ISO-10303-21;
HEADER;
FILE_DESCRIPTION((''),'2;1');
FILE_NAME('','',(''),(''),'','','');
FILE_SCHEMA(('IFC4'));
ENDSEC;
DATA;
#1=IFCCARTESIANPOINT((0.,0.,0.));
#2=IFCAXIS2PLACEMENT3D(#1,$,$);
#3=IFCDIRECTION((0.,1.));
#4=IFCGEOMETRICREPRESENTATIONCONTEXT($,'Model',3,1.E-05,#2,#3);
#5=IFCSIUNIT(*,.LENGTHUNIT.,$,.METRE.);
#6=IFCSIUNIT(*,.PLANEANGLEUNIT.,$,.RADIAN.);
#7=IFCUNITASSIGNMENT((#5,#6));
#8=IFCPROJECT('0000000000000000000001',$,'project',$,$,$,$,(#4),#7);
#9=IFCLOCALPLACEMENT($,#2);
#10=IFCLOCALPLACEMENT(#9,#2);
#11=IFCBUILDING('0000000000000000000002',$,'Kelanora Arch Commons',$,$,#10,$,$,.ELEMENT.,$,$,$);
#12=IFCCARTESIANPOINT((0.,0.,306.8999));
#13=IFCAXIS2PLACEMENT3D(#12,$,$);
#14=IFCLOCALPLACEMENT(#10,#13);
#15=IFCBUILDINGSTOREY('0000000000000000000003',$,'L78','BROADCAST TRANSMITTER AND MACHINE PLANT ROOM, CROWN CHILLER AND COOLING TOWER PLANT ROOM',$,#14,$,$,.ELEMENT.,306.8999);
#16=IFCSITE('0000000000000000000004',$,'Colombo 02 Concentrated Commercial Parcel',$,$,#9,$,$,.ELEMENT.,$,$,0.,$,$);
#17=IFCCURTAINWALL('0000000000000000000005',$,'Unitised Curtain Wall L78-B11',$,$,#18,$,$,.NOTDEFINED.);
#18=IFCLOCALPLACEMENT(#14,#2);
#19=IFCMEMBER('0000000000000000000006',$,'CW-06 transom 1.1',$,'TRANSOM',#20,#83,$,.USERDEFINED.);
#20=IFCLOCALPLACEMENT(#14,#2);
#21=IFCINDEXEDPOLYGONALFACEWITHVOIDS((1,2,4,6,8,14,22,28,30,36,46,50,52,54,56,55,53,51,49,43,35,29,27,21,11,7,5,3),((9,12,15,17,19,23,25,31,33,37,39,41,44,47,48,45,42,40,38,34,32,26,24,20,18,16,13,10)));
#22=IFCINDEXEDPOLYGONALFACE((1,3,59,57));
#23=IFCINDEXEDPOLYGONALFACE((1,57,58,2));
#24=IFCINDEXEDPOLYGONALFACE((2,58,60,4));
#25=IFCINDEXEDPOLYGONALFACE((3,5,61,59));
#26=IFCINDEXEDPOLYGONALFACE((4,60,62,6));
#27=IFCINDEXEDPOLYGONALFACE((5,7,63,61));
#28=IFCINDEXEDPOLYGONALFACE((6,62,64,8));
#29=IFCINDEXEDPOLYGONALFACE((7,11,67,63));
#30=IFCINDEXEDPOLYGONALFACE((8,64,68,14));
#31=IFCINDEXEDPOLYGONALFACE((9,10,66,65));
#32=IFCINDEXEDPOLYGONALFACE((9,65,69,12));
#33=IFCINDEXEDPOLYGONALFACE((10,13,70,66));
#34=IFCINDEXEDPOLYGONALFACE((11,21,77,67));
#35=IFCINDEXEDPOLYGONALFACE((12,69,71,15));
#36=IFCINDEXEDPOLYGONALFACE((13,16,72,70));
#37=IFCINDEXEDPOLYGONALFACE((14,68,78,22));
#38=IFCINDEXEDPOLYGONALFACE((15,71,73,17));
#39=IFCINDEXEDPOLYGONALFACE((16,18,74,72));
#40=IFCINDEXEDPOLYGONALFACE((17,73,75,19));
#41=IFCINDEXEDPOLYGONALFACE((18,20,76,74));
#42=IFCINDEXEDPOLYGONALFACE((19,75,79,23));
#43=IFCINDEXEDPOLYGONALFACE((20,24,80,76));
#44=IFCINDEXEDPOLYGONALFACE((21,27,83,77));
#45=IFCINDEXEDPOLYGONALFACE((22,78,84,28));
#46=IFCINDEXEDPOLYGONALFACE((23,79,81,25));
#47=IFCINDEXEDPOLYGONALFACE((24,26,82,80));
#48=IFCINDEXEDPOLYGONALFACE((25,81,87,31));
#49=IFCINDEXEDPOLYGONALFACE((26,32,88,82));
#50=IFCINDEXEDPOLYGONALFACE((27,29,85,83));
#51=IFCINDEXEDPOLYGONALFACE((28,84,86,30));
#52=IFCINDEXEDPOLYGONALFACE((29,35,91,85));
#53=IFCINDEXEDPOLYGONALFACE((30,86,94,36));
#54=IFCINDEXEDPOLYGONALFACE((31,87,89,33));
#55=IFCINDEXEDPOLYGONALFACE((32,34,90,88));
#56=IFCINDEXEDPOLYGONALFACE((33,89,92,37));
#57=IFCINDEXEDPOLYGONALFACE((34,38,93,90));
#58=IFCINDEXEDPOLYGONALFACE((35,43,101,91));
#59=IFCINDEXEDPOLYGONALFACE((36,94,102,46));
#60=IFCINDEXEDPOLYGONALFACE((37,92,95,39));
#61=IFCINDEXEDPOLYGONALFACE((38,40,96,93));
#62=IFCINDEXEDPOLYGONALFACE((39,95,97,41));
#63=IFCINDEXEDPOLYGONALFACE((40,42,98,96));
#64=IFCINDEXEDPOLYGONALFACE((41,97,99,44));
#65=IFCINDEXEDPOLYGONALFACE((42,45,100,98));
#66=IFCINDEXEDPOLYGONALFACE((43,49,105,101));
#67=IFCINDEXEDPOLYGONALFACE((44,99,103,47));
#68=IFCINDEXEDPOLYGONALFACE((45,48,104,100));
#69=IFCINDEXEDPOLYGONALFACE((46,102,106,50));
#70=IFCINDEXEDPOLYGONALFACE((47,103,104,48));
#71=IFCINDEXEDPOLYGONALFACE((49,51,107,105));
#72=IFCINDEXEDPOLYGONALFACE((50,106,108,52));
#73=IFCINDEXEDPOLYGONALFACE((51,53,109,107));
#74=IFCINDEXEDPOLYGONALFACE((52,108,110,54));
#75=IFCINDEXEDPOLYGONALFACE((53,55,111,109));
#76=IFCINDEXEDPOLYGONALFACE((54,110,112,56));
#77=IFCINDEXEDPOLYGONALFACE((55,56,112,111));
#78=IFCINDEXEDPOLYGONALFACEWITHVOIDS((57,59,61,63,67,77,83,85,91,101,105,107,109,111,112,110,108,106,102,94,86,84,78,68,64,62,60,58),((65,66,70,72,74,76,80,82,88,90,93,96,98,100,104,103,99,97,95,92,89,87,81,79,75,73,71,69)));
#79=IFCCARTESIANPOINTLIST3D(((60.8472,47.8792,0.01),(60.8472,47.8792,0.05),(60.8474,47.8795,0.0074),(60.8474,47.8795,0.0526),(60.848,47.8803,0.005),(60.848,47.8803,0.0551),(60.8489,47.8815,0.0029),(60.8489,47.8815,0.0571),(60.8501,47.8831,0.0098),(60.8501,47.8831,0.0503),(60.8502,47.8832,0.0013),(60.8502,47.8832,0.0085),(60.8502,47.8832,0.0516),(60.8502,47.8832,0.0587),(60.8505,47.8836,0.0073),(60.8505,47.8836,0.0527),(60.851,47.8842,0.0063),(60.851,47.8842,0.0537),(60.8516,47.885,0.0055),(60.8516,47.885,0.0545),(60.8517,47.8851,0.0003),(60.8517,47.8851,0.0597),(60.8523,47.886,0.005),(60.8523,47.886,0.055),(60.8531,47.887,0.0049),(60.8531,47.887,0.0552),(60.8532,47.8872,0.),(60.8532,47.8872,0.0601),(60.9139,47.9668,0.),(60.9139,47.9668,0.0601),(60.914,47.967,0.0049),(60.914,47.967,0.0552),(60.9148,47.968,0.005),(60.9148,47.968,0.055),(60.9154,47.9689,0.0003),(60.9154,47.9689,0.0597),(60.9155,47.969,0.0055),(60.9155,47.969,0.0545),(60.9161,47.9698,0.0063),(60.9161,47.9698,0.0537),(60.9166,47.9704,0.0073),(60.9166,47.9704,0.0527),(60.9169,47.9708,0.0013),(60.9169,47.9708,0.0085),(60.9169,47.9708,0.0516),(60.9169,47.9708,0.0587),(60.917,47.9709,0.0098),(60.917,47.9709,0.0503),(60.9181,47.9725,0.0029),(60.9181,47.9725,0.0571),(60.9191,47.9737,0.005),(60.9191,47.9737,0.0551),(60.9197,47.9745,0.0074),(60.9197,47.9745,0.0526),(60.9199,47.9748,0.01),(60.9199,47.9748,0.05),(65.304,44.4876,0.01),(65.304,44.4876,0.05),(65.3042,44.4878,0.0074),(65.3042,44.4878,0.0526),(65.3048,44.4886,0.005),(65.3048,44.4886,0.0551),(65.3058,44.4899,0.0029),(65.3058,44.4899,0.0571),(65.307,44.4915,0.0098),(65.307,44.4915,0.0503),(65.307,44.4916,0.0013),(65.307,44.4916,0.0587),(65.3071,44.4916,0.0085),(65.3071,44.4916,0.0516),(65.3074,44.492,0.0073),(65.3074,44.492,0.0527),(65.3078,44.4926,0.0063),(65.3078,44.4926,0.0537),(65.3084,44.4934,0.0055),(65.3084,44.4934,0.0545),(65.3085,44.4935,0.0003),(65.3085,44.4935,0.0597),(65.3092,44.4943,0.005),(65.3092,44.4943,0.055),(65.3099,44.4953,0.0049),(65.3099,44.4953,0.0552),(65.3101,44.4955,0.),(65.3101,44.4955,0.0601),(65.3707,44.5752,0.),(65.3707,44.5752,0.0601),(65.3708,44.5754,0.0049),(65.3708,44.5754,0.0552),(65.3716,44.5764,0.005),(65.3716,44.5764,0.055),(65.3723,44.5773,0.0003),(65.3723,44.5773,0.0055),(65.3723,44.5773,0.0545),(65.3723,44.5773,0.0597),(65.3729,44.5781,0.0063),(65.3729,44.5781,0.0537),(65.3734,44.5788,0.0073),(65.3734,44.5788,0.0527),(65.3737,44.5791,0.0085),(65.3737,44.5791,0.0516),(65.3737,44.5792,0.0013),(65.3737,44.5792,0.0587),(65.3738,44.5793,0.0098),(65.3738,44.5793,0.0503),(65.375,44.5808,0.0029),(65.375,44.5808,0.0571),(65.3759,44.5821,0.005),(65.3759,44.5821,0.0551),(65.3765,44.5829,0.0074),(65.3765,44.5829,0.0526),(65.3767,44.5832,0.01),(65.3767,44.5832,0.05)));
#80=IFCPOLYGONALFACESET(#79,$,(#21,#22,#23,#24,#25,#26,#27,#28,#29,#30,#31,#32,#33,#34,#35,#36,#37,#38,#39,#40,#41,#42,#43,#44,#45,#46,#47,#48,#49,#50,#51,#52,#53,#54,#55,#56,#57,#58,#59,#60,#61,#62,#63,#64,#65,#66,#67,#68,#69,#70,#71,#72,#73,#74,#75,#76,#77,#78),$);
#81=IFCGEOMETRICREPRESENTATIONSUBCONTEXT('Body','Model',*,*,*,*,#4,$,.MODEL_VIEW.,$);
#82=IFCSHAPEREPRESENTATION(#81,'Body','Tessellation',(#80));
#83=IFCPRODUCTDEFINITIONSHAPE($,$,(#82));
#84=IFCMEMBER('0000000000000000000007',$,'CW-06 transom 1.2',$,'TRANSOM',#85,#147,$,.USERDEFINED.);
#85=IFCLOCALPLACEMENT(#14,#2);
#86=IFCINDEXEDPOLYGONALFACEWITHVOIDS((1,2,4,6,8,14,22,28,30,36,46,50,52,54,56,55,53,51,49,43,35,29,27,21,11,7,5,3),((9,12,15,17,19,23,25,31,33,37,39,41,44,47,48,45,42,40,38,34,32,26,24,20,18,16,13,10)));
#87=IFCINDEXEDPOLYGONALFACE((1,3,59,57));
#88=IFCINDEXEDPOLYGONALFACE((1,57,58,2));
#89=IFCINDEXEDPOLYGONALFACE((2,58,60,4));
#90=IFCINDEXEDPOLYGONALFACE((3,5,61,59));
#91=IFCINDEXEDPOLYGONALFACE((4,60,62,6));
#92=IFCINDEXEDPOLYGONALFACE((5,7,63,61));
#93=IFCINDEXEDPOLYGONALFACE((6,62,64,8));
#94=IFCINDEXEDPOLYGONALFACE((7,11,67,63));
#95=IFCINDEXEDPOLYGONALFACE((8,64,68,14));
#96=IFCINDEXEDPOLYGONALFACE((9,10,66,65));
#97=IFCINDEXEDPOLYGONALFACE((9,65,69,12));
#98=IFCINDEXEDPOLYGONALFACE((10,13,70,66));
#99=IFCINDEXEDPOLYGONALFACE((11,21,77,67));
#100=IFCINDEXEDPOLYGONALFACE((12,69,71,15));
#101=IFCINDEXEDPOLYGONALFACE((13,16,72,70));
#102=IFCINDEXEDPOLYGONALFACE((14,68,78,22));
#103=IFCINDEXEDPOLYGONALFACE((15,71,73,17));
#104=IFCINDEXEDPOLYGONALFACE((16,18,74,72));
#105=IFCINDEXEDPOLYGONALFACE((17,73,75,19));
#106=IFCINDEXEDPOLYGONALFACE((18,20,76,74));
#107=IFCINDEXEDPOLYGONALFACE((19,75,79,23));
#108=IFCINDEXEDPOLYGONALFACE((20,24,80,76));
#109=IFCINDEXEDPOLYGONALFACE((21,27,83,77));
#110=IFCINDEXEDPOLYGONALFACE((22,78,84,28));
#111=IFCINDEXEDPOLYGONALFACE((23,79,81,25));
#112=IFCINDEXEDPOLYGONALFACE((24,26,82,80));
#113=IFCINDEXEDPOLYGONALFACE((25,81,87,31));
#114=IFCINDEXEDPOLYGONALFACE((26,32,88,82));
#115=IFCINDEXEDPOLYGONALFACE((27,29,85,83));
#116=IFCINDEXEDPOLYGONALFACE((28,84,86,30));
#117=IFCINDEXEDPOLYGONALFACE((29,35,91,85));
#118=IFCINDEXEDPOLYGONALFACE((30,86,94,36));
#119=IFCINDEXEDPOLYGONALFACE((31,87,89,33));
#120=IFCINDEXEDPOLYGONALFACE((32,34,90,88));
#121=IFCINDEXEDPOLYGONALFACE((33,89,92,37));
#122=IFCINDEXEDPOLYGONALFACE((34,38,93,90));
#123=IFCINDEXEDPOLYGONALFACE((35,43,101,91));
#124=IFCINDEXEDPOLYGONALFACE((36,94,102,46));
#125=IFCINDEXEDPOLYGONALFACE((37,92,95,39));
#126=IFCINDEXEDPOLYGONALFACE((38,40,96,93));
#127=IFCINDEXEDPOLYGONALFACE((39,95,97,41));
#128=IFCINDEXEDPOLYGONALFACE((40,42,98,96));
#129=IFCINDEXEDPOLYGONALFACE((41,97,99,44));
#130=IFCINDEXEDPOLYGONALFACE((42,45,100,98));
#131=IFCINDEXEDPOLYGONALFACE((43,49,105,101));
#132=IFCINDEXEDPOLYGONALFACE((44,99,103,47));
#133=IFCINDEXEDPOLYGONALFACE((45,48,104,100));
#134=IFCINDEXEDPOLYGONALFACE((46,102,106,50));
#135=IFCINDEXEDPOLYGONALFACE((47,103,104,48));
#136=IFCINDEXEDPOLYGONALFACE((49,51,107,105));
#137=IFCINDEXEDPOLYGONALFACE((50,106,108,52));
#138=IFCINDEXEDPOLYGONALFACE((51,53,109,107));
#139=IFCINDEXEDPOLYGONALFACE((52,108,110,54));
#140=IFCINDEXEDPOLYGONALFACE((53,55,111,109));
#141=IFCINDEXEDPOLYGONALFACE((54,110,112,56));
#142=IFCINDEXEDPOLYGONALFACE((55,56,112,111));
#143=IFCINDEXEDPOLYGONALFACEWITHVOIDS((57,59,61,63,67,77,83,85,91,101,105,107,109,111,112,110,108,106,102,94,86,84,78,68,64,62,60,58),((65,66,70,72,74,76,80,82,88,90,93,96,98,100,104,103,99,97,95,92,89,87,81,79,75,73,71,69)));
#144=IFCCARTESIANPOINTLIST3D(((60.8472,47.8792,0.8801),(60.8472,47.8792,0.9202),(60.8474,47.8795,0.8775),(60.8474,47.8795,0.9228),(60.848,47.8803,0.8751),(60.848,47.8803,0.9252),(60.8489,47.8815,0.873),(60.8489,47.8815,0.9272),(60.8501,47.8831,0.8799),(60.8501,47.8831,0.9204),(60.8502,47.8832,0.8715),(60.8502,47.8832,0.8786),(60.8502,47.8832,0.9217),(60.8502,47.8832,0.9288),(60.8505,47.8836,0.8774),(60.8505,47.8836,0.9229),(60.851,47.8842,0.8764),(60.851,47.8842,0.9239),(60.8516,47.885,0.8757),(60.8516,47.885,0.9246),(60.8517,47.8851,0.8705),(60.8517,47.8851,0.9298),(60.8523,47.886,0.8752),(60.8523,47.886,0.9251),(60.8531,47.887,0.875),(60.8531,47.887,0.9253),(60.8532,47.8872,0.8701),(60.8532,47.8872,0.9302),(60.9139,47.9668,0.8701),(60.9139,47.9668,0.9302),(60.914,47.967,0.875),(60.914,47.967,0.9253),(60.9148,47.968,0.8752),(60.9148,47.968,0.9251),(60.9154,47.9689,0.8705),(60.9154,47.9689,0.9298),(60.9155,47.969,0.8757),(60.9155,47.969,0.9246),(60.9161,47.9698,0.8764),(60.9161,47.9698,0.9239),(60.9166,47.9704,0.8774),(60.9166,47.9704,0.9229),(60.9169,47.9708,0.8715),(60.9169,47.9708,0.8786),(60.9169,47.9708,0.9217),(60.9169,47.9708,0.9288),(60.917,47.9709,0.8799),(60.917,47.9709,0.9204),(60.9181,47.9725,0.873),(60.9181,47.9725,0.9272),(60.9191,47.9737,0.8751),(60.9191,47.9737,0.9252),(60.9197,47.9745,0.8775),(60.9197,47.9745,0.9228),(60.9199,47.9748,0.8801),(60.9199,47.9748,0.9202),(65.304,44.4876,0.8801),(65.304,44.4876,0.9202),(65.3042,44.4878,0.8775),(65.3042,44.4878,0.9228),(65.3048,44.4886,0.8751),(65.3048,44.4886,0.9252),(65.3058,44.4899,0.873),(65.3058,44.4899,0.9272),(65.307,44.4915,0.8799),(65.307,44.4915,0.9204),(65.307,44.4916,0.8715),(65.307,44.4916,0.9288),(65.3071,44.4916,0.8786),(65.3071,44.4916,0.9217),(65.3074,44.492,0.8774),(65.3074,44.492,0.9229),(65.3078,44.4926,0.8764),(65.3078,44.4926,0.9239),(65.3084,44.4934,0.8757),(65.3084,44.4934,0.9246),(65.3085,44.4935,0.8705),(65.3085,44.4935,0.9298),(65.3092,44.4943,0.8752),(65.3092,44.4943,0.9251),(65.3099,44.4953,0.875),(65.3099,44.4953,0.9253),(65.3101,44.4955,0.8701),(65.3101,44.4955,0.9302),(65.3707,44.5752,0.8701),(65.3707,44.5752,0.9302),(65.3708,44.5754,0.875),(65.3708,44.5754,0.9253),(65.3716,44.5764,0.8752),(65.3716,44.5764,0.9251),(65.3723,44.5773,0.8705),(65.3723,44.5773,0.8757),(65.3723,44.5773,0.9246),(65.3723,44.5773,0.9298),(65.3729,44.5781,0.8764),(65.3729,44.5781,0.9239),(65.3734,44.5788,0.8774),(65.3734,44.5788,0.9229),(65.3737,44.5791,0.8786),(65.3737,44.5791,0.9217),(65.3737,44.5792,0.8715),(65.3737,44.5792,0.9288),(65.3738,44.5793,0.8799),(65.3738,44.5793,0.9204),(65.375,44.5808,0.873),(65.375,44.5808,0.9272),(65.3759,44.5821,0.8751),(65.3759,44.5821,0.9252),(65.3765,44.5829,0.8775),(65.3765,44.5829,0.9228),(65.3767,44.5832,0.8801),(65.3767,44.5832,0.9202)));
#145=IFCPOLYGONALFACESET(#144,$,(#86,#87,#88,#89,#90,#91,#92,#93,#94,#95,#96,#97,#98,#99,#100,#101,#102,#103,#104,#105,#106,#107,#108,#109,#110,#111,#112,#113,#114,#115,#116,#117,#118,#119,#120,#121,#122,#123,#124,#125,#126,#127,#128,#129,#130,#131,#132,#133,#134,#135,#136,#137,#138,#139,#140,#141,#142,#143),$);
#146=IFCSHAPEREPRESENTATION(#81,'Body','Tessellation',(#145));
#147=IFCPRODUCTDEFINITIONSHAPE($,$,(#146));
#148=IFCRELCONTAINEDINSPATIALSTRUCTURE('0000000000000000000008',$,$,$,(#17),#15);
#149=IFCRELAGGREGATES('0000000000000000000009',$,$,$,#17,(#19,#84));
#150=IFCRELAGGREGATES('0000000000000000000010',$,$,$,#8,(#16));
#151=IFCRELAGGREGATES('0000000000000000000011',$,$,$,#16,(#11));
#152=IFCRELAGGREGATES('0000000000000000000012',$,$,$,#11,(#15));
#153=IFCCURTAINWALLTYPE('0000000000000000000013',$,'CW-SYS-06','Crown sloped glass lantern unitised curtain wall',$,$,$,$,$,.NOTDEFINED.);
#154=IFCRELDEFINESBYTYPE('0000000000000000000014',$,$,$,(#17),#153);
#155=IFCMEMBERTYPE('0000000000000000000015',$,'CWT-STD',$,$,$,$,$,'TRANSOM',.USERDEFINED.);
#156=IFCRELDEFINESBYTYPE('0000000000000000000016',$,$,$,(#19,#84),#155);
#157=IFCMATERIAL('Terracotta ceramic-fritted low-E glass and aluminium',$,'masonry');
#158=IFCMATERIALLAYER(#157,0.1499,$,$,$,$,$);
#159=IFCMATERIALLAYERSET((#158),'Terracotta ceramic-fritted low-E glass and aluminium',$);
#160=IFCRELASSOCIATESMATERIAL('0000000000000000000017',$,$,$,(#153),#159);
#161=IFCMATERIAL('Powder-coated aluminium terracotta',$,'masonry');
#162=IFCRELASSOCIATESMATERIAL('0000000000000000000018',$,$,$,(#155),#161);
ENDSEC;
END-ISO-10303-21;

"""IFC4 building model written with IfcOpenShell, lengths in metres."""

from ifc_helpers import new_model, si_unit, direction, frame, origin, origin_2d, place, context, subcontext, project, spatial, hollow_rectangle, extrude, material, layer, layer_set, material_profile, profile_set, type_object, element, aggregate, save


model = new_model("IFC4")

# Units and contexts
model_context = context("Model", 3, precision=1e-05, world=origin(), true_north=direction((0.0, 1.0)))
body_context = subcontext(model_context, "Body", "Model", "MODEL_VIEW")
ifc_project = project(units=[si_unit("LENGTHUNIT", "METRE"), si_unit("PLANEANGLEUNIT", "RADIAN")], contexts=[model_context])

# Site, building, storey
site_placement = place(None, origin())
site = spatial("IfcSite", under=ifc_project, at=site_placement, Name="Colombo 02 Concentrated Commercial Parcel", CompositionType="ELEMENT", RefElevation=0.0)
building_placement = place(site_placement, origin())
building = spatial("IfcBuilding", under=site, at=building_placement, Name="Kelanora Arch Commons", CompositionType="ELEMENT")
storey_placement = place(building_placement, frame((0.0, 0.0, 306.8999)))
storey = spatial("IfcBuildingStorey", under=building, at=storey_placement, Name="L78", Description="BROADCAST TRANSMITTER AND MACHINE PLANT ROOM, CROWN CHILLER AND COOLING TOWER PLANT ROOM", CompositionType="ELEMENT", Elevation=306.8999)

# Shared definitions
ifc_material_1 = material(Name="Terracotta ceramic-fritted low-E glass and aluminium", Category="masonry")
ifc_layer_1 = layer(ifc_material_1, 0.1499)
ifc_layer_set_1 = layer_set([ifc_layer_1], Name="Terracotta ceramic-fritted low-E glass and aluminium")
curtain_wall_type = type_object("IfcCurtainWallType", Name="CW-SYS-06", Description="Crown sloped glass lantern unitised curtain wall", PredefinedType="NOTDEFINED", material=ifc_layer_set_1)
ifc_material_2 = material(Name="Powder-coated aluminium terracotta", Category="masonry")

# Curtain wall, members
curtain_wall_1_placement = place(storey_placement, origin())
curtain_wall_1 = element("IfcCurtainWall", 1, at=curtain_wall_1_placement, inside=storey, type_object=curtain_wall_type, Name="Unitised Curtain Wall L78-B11", PredefinedType="NOTDEFINED")
ifc_material_profile_1 = material_profile(ifc_material_2, hollow_rectangle(XDim=0.1201, YDim=0.0601, WallThickness=0.0049, InnerFilletRadius=0.0049, OuterFilletRadius=0.01, at=origin_2d()), Name="CWT120x60")
ifc_profile_set_1 = profile_set([ifc_material_profile_1], Name="Powder-coated aluminium terracotta")
member_type_1 = type_object("IfcMemberType", Name="CWT-STD", ElementType="TRANSOM", PredefinedType="USERDEFINED", material=ifc_profile_set_1)
member_1_placement = place(storey_placement, frame((60.8835, 47.927, 0.03), z_axis=(0.79578, -0.605586, 0.0), x_axis=(0.605586, 0.79578, 0.0)))
member_1 = element("IfcMember", 2, at=member_1_placement, type_object=member_type_1, Name="CW-06 transom 1.1", ObjectType="TRANSOM", PredefinedType="USERDEFINED", context=body_context, shape_type="SweptSolid", body=[
    extrude(hollow_rectangle(XDim=0.1201, YDim=0.0601, WallThickness=0.0049, InnerFilletRadius=0.0049, OuterFilletRadius=0.01, at=origin_2d()), origin(), (0.0, 0.0, 1.0), 5.6006),
])
member_2_placement = place(storey_placement, frame((60.8835, 47.927, 0.9001), z_axis=(0.79578, -0.605586, 0.0), x_axis=(0.605586, 0.79578, 0.0)))
member_2 = element("IfcMember", 3, at=member_2_placement, type_object=member_type_1, Name="CW-06 transom 1.2", ObjectType="TRANSOM", PredefinedType="USERDEFINED", context=body_context, shape_type="SweptSolid", body=[
    extrude(hollow_rectangle(XDim=0.1201, YDim=0.0601, WallThickness=0.0049, InnerFilletRadius=0.0049, OuterFilletRadius=0.01, at=origin_2d()), origin(), (0.0, 0.0, 1.0), 5.6006),
])
aggregate(curtain_wall_1, [member_1, member_2])

save(model, "model.ifc")
